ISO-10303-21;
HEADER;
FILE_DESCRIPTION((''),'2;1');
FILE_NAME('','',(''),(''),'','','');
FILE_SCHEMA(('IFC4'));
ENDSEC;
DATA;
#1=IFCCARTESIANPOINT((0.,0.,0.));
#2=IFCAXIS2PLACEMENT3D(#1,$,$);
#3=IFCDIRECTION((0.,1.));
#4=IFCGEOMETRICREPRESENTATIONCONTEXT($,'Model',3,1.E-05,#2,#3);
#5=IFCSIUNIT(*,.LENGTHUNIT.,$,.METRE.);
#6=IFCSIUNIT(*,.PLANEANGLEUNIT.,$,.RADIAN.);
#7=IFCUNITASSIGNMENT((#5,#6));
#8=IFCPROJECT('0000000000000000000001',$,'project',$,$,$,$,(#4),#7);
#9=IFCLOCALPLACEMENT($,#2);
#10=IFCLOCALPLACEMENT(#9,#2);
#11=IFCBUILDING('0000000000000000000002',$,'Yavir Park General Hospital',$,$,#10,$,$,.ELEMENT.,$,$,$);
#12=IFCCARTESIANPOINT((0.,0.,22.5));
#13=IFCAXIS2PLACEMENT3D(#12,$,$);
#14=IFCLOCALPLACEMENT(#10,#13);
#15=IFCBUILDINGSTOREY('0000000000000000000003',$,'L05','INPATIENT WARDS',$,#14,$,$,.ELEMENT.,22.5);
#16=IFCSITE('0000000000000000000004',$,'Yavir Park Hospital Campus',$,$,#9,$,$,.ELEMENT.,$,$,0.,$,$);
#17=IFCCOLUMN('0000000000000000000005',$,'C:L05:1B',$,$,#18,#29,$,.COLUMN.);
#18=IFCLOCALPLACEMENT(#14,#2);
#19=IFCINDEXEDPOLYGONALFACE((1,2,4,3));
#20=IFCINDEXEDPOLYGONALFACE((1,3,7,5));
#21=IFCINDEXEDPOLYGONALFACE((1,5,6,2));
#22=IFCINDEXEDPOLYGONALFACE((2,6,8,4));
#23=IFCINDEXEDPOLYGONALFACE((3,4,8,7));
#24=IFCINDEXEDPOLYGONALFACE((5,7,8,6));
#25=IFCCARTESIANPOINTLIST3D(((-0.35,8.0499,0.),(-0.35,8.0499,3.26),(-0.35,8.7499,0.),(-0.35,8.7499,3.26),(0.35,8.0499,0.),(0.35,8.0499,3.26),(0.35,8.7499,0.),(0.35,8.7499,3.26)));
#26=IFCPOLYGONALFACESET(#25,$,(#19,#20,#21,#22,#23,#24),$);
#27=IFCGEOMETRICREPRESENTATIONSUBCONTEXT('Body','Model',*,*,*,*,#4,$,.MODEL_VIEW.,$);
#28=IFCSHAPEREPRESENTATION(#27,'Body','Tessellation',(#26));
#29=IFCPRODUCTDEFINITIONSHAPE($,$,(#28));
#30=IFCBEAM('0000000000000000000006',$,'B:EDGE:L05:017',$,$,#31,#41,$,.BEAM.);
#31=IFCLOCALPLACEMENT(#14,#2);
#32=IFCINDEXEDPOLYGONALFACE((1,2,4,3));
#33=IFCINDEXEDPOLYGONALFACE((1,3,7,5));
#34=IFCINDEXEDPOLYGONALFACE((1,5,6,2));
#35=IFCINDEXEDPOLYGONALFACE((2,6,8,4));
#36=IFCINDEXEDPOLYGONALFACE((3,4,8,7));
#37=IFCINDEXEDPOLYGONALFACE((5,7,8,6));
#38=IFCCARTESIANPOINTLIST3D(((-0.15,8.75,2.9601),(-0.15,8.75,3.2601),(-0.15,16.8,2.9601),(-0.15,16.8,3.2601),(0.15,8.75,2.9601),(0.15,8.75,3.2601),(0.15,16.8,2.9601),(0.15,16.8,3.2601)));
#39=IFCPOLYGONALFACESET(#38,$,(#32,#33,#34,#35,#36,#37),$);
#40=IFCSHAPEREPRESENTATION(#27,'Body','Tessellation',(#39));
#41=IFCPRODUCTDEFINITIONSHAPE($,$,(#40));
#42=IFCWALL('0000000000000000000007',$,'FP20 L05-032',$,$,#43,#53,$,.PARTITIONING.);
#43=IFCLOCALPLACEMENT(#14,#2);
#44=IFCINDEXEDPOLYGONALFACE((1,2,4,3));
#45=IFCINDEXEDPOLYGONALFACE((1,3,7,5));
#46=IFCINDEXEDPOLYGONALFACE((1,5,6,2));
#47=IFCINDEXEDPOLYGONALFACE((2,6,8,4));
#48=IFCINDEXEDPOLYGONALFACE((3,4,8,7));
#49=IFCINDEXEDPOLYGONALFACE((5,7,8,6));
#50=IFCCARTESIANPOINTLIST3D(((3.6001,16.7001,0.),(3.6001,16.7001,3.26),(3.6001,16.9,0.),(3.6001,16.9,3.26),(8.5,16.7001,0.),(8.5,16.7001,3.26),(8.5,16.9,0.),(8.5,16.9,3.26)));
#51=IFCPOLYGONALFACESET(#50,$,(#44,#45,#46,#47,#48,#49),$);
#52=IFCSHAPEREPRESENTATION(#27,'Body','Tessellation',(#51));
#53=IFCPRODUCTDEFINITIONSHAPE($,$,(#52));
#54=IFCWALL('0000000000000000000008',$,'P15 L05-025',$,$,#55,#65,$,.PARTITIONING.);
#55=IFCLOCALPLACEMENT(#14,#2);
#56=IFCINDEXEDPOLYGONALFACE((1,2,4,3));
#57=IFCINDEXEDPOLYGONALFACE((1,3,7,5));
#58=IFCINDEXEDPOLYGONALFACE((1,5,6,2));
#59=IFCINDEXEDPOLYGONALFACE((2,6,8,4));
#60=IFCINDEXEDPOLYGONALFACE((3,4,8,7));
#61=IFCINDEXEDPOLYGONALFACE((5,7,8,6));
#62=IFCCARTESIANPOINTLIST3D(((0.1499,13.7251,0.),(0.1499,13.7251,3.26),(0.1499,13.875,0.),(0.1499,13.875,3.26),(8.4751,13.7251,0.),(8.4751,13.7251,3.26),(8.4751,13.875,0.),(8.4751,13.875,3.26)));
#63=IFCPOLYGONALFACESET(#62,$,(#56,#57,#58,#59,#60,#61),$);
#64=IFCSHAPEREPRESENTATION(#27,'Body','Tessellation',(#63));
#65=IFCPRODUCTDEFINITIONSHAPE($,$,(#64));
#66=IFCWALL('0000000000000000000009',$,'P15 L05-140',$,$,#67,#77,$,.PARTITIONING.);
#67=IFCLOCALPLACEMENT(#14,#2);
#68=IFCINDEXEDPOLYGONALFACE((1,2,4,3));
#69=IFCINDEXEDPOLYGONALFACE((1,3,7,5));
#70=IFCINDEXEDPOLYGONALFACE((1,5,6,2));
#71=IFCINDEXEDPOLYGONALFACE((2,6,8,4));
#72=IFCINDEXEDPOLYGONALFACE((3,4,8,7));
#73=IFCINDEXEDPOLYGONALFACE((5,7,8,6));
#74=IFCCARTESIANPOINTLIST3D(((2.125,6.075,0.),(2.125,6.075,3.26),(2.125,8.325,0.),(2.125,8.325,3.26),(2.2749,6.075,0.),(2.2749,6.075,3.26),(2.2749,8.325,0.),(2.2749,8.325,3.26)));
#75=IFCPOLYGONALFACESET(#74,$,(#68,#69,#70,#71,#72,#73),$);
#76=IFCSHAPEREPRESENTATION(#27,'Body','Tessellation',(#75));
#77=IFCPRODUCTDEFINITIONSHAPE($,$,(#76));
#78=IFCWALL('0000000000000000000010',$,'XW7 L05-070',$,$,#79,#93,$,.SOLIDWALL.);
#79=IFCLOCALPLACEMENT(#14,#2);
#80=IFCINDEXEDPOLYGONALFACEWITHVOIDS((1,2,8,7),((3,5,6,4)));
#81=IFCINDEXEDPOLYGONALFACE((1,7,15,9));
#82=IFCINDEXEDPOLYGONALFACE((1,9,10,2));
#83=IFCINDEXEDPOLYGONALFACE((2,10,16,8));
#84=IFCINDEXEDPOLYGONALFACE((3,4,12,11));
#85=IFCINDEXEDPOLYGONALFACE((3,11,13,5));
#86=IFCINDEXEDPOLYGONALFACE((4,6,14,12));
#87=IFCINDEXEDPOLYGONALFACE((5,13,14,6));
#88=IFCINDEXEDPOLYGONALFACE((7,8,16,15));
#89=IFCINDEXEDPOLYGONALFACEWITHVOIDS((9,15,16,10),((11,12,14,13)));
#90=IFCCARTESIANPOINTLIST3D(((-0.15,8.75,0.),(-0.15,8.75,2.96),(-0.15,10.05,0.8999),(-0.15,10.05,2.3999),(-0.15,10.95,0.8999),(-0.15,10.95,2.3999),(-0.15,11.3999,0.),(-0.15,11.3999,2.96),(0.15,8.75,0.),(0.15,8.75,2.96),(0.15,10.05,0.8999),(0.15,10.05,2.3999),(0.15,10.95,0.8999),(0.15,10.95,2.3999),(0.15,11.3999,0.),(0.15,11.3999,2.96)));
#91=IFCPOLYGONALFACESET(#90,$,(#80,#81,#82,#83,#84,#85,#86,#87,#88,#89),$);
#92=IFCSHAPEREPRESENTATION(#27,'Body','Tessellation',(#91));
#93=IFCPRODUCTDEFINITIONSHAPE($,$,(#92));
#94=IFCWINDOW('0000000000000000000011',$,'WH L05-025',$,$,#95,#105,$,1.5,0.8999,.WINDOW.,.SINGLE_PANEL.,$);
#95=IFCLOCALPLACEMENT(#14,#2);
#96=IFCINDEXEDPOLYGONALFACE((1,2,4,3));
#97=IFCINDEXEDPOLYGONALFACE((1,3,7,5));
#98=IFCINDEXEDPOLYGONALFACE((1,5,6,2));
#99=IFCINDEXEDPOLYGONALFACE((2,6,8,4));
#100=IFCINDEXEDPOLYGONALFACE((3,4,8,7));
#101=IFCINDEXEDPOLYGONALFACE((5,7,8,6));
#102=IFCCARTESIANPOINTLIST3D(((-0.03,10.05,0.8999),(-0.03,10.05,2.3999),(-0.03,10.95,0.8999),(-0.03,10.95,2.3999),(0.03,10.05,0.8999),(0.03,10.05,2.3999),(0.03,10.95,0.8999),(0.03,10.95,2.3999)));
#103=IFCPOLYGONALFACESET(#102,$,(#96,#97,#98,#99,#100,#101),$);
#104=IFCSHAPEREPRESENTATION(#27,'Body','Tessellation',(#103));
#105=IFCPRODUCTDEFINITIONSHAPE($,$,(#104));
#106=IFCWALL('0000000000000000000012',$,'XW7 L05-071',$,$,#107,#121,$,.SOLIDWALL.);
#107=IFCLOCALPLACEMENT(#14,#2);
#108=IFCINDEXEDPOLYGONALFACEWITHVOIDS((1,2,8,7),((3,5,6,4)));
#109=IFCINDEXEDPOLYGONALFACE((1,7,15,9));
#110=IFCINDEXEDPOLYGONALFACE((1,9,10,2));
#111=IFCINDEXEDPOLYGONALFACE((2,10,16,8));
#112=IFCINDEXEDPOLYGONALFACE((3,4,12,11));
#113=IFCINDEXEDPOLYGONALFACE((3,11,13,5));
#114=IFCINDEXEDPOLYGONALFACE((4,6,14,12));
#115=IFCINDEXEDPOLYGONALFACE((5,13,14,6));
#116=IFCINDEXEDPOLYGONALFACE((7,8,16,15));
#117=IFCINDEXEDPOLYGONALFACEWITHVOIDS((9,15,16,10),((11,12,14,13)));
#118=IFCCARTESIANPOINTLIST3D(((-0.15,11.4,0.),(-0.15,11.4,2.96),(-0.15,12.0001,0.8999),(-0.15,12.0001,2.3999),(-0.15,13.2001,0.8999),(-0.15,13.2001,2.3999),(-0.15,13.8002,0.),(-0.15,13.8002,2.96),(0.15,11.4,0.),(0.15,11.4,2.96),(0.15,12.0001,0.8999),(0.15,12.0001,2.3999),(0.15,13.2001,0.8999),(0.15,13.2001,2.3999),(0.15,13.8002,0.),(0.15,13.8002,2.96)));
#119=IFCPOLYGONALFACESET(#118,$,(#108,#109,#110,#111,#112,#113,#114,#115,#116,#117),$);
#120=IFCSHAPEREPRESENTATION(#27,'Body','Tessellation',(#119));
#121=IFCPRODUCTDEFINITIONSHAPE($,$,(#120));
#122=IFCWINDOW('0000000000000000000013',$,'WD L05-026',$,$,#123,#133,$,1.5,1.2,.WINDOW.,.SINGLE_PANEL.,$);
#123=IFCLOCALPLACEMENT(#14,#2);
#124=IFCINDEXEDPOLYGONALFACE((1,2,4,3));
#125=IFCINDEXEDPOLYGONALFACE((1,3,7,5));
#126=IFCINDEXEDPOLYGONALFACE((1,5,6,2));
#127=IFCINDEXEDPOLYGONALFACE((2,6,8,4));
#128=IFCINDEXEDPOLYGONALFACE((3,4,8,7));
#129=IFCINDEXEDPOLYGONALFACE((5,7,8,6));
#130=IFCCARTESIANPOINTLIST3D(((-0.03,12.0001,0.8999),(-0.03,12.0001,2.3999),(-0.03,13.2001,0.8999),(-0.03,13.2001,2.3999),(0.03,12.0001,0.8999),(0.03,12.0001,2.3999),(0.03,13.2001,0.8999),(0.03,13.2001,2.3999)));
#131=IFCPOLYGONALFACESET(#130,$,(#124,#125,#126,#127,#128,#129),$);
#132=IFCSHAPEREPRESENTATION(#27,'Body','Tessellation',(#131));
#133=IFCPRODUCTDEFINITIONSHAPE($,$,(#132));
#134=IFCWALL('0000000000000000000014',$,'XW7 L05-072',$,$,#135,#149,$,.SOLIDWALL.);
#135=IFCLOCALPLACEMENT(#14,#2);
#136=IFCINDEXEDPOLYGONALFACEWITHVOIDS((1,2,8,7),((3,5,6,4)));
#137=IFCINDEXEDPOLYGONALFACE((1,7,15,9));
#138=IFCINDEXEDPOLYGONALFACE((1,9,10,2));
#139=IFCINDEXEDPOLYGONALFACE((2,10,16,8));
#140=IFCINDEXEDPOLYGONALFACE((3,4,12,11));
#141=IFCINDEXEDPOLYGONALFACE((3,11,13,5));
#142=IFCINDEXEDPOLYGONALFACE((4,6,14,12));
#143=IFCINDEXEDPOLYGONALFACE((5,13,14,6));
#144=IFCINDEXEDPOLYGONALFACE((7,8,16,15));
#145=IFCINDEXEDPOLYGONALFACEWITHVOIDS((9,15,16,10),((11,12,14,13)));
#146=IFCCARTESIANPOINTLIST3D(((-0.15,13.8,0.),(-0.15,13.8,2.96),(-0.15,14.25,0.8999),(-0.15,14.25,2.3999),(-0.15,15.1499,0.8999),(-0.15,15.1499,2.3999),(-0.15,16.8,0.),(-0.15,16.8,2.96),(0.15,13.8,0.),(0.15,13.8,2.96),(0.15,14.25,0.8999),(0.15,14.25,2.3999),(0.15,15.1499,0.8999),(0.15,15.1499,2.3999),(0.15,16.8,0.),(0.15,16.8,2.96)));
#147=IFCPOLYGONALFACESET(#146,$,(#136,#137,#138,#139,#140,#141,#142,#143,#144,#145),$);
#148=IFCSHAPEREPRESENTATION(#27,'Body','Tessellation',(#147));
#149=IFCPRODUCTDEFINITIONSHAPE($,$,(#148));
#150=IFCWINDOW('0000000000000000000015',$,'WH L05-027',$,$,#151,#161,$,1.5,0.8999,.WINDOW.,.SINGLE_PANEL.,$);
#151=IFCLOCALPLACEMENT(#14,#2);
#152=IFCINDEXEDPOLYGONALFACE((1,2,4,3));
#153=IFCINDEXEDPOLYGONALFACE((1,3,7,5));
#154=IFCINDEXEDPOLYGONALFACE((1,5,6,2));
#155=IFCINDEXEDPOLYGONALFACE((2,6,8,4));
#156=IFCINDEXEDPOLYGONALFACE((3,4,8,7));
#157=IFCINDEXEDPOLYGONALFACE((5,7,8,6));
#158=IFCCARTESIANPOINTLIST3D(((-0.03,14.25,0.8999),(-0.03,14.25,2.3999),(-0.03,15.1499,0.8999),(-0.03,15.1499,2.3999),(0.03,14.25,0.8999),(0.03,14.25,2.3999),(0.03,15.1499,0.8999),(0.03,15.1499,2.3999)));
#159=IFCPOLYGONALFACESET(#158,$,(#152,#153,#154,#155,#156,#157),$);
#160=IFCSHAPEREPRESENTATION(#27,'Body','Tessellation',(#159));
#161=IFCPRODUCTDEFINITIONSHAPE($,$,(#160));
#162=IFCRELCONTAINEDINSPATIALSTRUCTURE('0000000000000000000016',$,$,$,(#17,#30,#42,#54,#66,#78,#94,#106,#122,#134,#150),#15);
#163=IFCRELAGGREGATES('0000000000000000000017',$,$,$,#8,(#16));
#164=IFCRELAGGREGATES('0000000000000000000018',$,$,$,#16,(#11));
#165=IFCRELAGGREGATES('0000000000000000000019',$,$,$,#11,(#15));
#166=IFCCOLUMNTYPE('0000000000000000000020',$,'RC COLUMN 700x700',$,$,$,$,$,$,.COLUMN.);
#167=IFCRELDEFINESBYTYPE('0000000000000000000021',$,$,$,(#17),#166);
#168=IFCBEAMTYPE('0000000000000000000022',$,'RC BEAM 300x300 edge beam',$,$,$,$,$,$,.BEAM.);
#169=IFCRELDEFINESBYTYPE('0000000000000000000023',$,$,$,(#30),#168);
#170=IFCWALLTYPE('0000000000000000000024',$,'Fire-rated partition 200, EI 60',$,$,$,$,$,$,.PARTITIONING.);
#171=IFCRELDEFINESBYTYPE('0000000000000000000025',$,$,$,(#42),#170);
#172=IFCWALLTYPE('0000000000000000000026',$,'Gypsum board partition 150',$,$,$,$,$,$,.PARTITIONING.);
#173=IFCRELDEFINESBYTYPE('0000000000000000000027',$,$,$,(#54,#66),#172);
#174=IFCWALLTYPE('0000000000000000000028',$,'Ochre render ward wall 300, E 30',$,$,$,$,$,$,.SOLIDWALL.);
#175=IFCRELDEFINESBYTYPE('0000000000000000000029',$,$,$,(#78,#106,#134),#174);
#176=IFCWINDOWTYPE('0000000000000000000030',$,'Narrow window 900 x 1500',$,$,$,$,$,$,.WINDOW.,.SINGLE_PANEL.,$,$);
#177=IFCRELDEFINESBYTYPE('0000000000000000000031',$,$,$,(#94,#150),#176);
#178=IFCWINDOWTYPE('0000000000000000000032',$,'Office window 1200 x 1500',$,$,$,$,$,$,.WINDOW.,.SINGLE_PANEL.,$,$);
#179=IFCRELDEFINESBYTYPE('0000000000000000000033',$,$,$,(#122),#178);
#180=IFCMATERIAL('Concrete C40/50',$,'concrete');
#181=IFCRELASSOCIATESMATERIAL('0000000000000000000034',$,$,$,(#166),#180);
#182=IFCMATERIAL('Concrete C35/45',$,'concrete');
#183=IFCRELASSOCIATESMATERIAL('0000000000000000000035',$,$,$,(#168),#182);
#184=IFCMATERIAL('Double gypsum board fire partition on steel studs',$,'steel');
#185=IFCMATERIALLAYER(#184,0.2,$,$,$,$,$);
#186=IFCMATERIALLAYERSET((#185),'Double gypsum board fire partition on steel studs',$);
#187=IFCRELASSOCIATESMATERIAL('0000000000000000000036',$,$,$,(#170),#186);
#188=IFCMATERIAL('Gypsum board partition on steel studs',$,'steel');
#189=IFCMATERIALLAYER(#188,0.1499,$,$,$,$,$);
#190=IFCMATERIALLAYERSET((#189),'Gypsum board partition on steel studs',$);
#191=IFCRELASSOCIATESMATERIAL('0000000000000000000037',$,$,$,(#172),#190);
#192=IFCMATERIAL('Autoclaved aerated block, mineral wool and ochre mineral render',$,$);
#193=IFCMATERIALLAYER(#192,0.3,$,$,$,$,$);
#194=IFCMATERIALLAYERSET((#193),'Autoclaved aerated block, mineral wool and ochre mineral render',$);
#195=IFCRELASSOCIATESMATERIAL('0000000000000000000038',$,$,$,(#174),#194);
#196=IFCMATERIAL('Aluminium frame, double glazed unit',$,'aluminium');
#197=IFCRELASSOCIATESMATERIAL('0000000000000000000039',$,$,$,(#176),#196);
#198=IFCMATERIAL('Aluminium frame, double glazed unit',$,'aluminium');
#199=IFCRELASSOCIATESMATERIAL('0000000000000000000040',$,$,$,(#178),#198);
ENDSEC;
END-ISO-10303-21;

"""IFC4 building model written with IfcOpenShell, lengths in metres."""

from ifc_helpers import new_model, si_unit, direction, frame, frame_2d, origin, origin_2d, place, context, subcontext, project, spatial, rectangle, extrude, material, layer, layer_set, material_profile, profile_set, type_object, element, fill, save


model = new_model("IFC4")

# Units and contexts
model_context = context("Model", 3, precision=1e-05, world=origin(), true_north=direction((0.0, 1.0)))
body_context = subcontext(model_context, "Body", "Model", "MODEL_VIEW")
ifc_project = project(units=[si_unit("LENGTHUNIT", "METRE"), si_unit("PLANEANGLEUNIT", "RADIAN")], contexts=[model_context])

# Site, building, storey
site_placement = place(None, origin())
site = spatial("IfcSite", under=ifc_project, at=site_placement, Name="Yavir Park Hospital Campus", CompositionType="ELEMENT", RefElevation=0.0)
building_placement = place(site_placement, origin())
building = spatial("IfcBuilding", under=site, at=building_placement, Name="Yavir Park General Hospital", CompositionType="ELEMENT")
storey_placement = place(building_placement, frame((0.0, 0.0, 22.5)))
storey = spatial("IfcBuildingStorey", under=building, at=storey_placement, Name="L05", Description="INPATIENT WARDS", CompositionType="ELEMENT", Elevation=22.5)

# Column
ifc_material_1 = material(Name="Concrete C40/50", Category="concrete")
ifc_material_profile_1 = material_profile(ifc_material_1, rectangle(XDim=0.7, YDim=0.7, at=origin_2d()), Name="RC700x700")
ifc_profile_set_1 = profile_set([ifc_material_profile_1], Name="Concrete C40/50")
column_type = type_object("IfcColumnType", Name="RC COLUMN 700x700", PredefinedType="COLUMN", material=ifc_profile_set_1)
column_placement = place(storey_placement, frame((0.0, 8.3999, 0.0), z_axis=(0.0, 0.0, 1.0), x_axis=(1.0, 0.0, 0.0)))
element("IfcColumn", 1, at=column_placement, inside=storey, type_object=column_type, Name="C:L05:1B", PredefinedType="COLUMN", context=body_context, shape_type="SweptSolid", body=[
    extrude(rectangle(XDim=0.7, YDim=0.7, at=origin_2d()), origin(), (0.0, 0.0, 1.0), 3.26),
])

# Beam
ifc_material_2 = material(Name="Concrete C35/45", Category="concrete")
ifc_material_profile_2 = material_profile(ifc_material_2, rectangle(XDim=0.3, YDim=0.3, at=origin_2d()), Name="RC300x300")
ifc_profile_set_2 = profile_set([ifc_material_profile_2], Name="Concrete C35/45")
beam_type = type_object("IfcBeamType", Name="RC BEAM 300x300 edge beam", PredefinedType="BEAM", material=ifc_profile_set_2)
beam_placement = place(storey_placement, frame((0.0, 8.75, 3.1101), z_axis=(0.0, 1.0, 0.0), x_axis=(-1.0, 0.0, 0.0)))
element("IfcBeam", 2, at=beam_placement, inside=storey, type_object=beam_type, Name="B:EDGE:L05:017", PredefinedType="BEAM", context=body_context, shape_type="SweptSolid", body=[
    extrude(rectangle(XDim=0.3, YDim=0.3, at=origin_2d()), origin(), (0.0, 0.0, 1.0), 8.05),
])

# Wall
ifc_material_3 = material(Name="Double gypsum board fire partition on steel studs", Category="steel")
ifc_layer_1 = layer(ifc_material_3, 0.2)
ifc_layer_set_1 = layer_set([ifc_layer_1], Name="Double gypsum board fire partition on steel studs")
wall_type_1 = type_object("IfcWallType", Name="Fire-rated partition 200, EI 60", PredefinedType="PARTITIONING", material=ifc_layer_set_1)
wall_1_placement = place(storey_placement, frame((3.6001, 16.8, 0.0), z_axis=(0.0, 0.0, 1.0), x_axis=(1.0, 0.0, 0.0)))
element("IfcWall", 3, at=wall_1_placement, inside=storey, type_object=wall_type_1, Name="FP20 L05-032", PredefinedType="PARTITIONING", context=body_context, shape_type="SweptSolid", body=[
    extrude(rectangle(XDim=4.8999, YDim=0.2, at=frame_2d((2.45, 0.0))), origin(), (0.0, 0.0, 1.0), 3.26),
])

# Shared definitions
ifc_material_4 = material(Name="Gypsum board partition on steel studs", Category="steel")
ifc_layer_2 = layer(ifc_material_4, 0.1499)
ifc_layer_set_2 = layer_set([ifc_layer_2], Name="Gypsum board partition on steel studs")
wall_type_2 = type_object("IfcWallType", Name="Gypsum board partition 150", PredefinedType="PARTITIONING", material=ifc_layer_set_2)

# Walls
wall_2_placement = place(storey_placement, frame((0.1499, 13.8, 0.0), z_axis=(0.0, 0.0, 1.0), x_axis=(1.0, 0.0, 0.0)))
element("IfcWall", 4, at=wall_2_placement, inside=storey, type_object=wall_type_2, Name="P15 L05-025", PredefinedType="PARTITIONING", context=body_context, shape_type="SweptSolid", body=[
    extrude(rectangle(XDim=8.3252, YDim=0.1499, at=frame_2d((4.1626, 0.0))), origin(), (0.0, 0.0, 1.0), 3.26),
])
wall_3_placement = place(storey_placement, frame((2.2, 6.075, 0.0), z_axis=(0.0, 0.0, 1.0), x_axis=(0.0, 1.0, 0.0)))
element("IfcWall", 5, at=wall_3_placement, inside=storey, type_object=wall_type_2, Name="P15 L05-140", PredefinedType="PARTITIONING", context=body_context, shape_type="SweptSolid", body=[
    extrude(rectangle(XDim=2.25, YDim=0.1499, at=frame_2d((1.125, 0.0))), origin(), (0.0, 0.0, 1.0), 3.26),
])

# Walls, openings, windows
ifc_material_5 = material(Name="Autoclaved aerated block, mineral wool and ochre mineral render")
ifc_layer_3 = layer(ifc_material_5, 0.3)
ifc_layer_set_3 = layer_set([ifc_layer_3], Name="Autoclaved aerated block, mineral wool and ochre mineral render")
wall_type_3 = type_object("IfcWallType", Name="Ochre render ward wall 300, E 30", PredefinedType="SOLIDWALL", material=ifc_layer_set_3)
wall_4_placement = place(storey_placement, frame((0.0, 8.75, 0.0), z_axis=(0.0, 0.0, 1.0), x_axis=(0.0, 1.0, 0.0)))
wall_4 = element("IfcWall", 6, at=wall_4_placement, inside=storey, type_object=wall_type_3, Name="XW7 L05-070", PredefinedType="SOLIDWALL", context=body_context, shape_type="SweptSolid", body=[
    extrude(rectangle(XDim=2.6499, YDim=0.3, at=frame_2d((1.325, 0.0))), origin(), (0.0, 0.0, 1.0), 2.96),
])
opening_1_placement = place(wall_4_placement, frame((1.3, 0.0, 0.8999)))
opening_1 = element("IfcOpeningElement", 7, at=opening_1_placement, cuts=wall_4, PredefinedType="OPENING", context=body_context, shape_type="SweptSolid", body=[
    extrude(rectangle(XDim=0.8999, YDim=1.5, at=frame_2d((0.45, 0.75))), frame((0.0, 0.1599, 0.0), z_axis=(0.0, -1.0, 0.0), x_axis=(1.0, 0.0, 0.0)), (0.0, 0.0, 1.0), 0.3201),
])
ifc_material_6 = material(Name="Aluminium frame, double glazed unit", Category="aluminium")
window_type_1 = type_object("IfcWindowType", Name="Narrow window 900 x 1500", PartitioningType="SINGLE_PANEL", PredefinedType="WINDOW", material=ifc_material_6)
window_1_placement = place(opening_1_placement, origin())
window_1 = element("IfcWindow", 8, at=window_1_placement, inside=storey, type_object=window_type_1, Name="WH L05-025", OverallHeight=1.5, OverallWidth=0.8999, PartitioningType="SINGLE_PANEL", PredefinedType="WINDOW", context=body_context, shape_type="SweptSolid", body=[
    extrude(rectangle(XDim=0.8999, YDim=1.5, at=frame_2d((0.45, 0.75))), frame((0.0, 0.03, 0.0), z_axis=(0.0, -1.0, 0.0), x_axis=(1.0, 0.0, 0.0)), (0.0, 0.0, 1.0), 0.0601),
])
fill(opening_1, window_1)
wall_5_placement = place(storey_placement, frame((0.0, 11.3999, 0.0), z_axis=(0.0, 0.0, 1.0), x_axis=(0.0, 1.0, 0.0)))
wall_5 = element("IfcWall", 9, at=wall_5_placement, inside=storey, type_object=wall_type_3, Name="XW7 L05-071", PredefinedType="SOLIDWALL", context=body_context, shape_type="SweptSolid", body=[
    extrude(rectangle(XDim=2.4001, YDim=0.3, at=frame_2d((1.2002, 0.0))), origin(), (0.0, 0.0, 1.0), 2.96),
])
opening_2_placement = place(wall_5_placement, frame((0.6001, 0.0, 0.8999)))
opening_2 = element("IfcOpeningElement", 10, at=opening_2_placement, cuts=wall_5, PredefinedType="OPENING", context=body_context, shape_type="SweptSolid", body=[
    extrude(rectangle(XDim=1.2, YDim=1.5, at=frame_2d((0.6001, 0.75))), frame((0.0, 0.1599, 0.0), z_axis=(0.0, -1.0, 0.0), x_axis=(1.0, 0.0, 0.0)), (0.0, 0.0, 1.0), 0.3201),
])
ifc_material_7 = material(Name="Aluminium frame, double glazed unit", Category="aluminium")
window_type_2 = type_object("IfcWindowType", Name="Office window 1200 x 1500", PartitioningType="SINGLE_PANEL", PredefinedType="WINDOW", material=ifc_material_7)
window_2_placement = place(opening_2_placement, origin())
window_2 = element("IfcWindow", 11, at=window_2_placement, inside=storey, type_object=window_type_2, Name="WD L05-026", OverallHeight=1.5, OverallWidth=1.2, PartitioningType="SINGLE_PANEL", PredefinedType="WINDOW", context=body_context, shape_type="SweptSolid", body=[
    extrude(rectangle(XDim=1.2, YDim=1.5, at=frame_2d((0.6001, 0.75))), frame((0.0, 0.03, 0.0), z_axis=(0.0, -1.0, 0.0), x_axis=(1.0, 0.0, 0.0)), (0.0, 0.0, 1.0), 0.0601),
])
fill(opening_2, window_2)
wall_6_placement = place(storey_placement, frame((0.0, 13.8, 0.0), z_axis=(0.0, 0.0, 1.0), x_axis=(0.0, 1.0, 0.0)))
wall_6 = element("IfcWall", 12, at=wall_6_placement, inside=storey, type_object=wall_type_3, Name="XW7 L05-072", PredefinedType="SOLIDWALL", context=body_context, shape_type="SweptSolid", body=[
    extrude(rectangle(XDim=3.0, YDim=0.3, at=frame_2d((1.5, 0.0))), origin(), (0.0, 0.0, 1.0), 2.96),
])
opening_3_placement = place(wall_6_placement, frame((0.45, 0.0, 0.8999)))
opening_3 = element("IfcOpeningElement", 13, at=opening_3_placement, cuts=wall_6, PredefinedType="OPENING", context=body_context, shape_type="SweptSolid", body=[
    extrude(rectangle(XDim=0.8999, YDim=1.5, at=frame_2d((0.45, 0.75))), frame((0.0, 0.1599, 0.0), z_axis=(0.0, -1.0, 0.0), x_axis=(1.0, 0.0, 0.0)), (0.0, 0.0, 1.0), 0.3201),
])
window_3_placement = place(opening_3_placement, origin())
window_3 = element("IfcWindow", 14, at=window_3_placement, inside=storey, type_object=window_type_1, Name="WH L05-027", OverallHeight=1.5, OverallWidth=0.8999, PartitioningType="SINGLE_PANEL", PredefinedType="WINDOW", context=body_context, shape_type="SweptSolid", body=[
    extrude(rectangle(XDim=0.8999, YDim=1.5, at=frame_2d((0.45, 0.75))), frame((0.0, 0.03, 0.0), z_axis=(0.0, -1.0, 0.0), x_axis=(1.0, 0.0, 0.0)), (0.0, 0.0, 1.0), 0.0601),
])
fill(opening_3, window_3)

save(model, "model.ifc")
